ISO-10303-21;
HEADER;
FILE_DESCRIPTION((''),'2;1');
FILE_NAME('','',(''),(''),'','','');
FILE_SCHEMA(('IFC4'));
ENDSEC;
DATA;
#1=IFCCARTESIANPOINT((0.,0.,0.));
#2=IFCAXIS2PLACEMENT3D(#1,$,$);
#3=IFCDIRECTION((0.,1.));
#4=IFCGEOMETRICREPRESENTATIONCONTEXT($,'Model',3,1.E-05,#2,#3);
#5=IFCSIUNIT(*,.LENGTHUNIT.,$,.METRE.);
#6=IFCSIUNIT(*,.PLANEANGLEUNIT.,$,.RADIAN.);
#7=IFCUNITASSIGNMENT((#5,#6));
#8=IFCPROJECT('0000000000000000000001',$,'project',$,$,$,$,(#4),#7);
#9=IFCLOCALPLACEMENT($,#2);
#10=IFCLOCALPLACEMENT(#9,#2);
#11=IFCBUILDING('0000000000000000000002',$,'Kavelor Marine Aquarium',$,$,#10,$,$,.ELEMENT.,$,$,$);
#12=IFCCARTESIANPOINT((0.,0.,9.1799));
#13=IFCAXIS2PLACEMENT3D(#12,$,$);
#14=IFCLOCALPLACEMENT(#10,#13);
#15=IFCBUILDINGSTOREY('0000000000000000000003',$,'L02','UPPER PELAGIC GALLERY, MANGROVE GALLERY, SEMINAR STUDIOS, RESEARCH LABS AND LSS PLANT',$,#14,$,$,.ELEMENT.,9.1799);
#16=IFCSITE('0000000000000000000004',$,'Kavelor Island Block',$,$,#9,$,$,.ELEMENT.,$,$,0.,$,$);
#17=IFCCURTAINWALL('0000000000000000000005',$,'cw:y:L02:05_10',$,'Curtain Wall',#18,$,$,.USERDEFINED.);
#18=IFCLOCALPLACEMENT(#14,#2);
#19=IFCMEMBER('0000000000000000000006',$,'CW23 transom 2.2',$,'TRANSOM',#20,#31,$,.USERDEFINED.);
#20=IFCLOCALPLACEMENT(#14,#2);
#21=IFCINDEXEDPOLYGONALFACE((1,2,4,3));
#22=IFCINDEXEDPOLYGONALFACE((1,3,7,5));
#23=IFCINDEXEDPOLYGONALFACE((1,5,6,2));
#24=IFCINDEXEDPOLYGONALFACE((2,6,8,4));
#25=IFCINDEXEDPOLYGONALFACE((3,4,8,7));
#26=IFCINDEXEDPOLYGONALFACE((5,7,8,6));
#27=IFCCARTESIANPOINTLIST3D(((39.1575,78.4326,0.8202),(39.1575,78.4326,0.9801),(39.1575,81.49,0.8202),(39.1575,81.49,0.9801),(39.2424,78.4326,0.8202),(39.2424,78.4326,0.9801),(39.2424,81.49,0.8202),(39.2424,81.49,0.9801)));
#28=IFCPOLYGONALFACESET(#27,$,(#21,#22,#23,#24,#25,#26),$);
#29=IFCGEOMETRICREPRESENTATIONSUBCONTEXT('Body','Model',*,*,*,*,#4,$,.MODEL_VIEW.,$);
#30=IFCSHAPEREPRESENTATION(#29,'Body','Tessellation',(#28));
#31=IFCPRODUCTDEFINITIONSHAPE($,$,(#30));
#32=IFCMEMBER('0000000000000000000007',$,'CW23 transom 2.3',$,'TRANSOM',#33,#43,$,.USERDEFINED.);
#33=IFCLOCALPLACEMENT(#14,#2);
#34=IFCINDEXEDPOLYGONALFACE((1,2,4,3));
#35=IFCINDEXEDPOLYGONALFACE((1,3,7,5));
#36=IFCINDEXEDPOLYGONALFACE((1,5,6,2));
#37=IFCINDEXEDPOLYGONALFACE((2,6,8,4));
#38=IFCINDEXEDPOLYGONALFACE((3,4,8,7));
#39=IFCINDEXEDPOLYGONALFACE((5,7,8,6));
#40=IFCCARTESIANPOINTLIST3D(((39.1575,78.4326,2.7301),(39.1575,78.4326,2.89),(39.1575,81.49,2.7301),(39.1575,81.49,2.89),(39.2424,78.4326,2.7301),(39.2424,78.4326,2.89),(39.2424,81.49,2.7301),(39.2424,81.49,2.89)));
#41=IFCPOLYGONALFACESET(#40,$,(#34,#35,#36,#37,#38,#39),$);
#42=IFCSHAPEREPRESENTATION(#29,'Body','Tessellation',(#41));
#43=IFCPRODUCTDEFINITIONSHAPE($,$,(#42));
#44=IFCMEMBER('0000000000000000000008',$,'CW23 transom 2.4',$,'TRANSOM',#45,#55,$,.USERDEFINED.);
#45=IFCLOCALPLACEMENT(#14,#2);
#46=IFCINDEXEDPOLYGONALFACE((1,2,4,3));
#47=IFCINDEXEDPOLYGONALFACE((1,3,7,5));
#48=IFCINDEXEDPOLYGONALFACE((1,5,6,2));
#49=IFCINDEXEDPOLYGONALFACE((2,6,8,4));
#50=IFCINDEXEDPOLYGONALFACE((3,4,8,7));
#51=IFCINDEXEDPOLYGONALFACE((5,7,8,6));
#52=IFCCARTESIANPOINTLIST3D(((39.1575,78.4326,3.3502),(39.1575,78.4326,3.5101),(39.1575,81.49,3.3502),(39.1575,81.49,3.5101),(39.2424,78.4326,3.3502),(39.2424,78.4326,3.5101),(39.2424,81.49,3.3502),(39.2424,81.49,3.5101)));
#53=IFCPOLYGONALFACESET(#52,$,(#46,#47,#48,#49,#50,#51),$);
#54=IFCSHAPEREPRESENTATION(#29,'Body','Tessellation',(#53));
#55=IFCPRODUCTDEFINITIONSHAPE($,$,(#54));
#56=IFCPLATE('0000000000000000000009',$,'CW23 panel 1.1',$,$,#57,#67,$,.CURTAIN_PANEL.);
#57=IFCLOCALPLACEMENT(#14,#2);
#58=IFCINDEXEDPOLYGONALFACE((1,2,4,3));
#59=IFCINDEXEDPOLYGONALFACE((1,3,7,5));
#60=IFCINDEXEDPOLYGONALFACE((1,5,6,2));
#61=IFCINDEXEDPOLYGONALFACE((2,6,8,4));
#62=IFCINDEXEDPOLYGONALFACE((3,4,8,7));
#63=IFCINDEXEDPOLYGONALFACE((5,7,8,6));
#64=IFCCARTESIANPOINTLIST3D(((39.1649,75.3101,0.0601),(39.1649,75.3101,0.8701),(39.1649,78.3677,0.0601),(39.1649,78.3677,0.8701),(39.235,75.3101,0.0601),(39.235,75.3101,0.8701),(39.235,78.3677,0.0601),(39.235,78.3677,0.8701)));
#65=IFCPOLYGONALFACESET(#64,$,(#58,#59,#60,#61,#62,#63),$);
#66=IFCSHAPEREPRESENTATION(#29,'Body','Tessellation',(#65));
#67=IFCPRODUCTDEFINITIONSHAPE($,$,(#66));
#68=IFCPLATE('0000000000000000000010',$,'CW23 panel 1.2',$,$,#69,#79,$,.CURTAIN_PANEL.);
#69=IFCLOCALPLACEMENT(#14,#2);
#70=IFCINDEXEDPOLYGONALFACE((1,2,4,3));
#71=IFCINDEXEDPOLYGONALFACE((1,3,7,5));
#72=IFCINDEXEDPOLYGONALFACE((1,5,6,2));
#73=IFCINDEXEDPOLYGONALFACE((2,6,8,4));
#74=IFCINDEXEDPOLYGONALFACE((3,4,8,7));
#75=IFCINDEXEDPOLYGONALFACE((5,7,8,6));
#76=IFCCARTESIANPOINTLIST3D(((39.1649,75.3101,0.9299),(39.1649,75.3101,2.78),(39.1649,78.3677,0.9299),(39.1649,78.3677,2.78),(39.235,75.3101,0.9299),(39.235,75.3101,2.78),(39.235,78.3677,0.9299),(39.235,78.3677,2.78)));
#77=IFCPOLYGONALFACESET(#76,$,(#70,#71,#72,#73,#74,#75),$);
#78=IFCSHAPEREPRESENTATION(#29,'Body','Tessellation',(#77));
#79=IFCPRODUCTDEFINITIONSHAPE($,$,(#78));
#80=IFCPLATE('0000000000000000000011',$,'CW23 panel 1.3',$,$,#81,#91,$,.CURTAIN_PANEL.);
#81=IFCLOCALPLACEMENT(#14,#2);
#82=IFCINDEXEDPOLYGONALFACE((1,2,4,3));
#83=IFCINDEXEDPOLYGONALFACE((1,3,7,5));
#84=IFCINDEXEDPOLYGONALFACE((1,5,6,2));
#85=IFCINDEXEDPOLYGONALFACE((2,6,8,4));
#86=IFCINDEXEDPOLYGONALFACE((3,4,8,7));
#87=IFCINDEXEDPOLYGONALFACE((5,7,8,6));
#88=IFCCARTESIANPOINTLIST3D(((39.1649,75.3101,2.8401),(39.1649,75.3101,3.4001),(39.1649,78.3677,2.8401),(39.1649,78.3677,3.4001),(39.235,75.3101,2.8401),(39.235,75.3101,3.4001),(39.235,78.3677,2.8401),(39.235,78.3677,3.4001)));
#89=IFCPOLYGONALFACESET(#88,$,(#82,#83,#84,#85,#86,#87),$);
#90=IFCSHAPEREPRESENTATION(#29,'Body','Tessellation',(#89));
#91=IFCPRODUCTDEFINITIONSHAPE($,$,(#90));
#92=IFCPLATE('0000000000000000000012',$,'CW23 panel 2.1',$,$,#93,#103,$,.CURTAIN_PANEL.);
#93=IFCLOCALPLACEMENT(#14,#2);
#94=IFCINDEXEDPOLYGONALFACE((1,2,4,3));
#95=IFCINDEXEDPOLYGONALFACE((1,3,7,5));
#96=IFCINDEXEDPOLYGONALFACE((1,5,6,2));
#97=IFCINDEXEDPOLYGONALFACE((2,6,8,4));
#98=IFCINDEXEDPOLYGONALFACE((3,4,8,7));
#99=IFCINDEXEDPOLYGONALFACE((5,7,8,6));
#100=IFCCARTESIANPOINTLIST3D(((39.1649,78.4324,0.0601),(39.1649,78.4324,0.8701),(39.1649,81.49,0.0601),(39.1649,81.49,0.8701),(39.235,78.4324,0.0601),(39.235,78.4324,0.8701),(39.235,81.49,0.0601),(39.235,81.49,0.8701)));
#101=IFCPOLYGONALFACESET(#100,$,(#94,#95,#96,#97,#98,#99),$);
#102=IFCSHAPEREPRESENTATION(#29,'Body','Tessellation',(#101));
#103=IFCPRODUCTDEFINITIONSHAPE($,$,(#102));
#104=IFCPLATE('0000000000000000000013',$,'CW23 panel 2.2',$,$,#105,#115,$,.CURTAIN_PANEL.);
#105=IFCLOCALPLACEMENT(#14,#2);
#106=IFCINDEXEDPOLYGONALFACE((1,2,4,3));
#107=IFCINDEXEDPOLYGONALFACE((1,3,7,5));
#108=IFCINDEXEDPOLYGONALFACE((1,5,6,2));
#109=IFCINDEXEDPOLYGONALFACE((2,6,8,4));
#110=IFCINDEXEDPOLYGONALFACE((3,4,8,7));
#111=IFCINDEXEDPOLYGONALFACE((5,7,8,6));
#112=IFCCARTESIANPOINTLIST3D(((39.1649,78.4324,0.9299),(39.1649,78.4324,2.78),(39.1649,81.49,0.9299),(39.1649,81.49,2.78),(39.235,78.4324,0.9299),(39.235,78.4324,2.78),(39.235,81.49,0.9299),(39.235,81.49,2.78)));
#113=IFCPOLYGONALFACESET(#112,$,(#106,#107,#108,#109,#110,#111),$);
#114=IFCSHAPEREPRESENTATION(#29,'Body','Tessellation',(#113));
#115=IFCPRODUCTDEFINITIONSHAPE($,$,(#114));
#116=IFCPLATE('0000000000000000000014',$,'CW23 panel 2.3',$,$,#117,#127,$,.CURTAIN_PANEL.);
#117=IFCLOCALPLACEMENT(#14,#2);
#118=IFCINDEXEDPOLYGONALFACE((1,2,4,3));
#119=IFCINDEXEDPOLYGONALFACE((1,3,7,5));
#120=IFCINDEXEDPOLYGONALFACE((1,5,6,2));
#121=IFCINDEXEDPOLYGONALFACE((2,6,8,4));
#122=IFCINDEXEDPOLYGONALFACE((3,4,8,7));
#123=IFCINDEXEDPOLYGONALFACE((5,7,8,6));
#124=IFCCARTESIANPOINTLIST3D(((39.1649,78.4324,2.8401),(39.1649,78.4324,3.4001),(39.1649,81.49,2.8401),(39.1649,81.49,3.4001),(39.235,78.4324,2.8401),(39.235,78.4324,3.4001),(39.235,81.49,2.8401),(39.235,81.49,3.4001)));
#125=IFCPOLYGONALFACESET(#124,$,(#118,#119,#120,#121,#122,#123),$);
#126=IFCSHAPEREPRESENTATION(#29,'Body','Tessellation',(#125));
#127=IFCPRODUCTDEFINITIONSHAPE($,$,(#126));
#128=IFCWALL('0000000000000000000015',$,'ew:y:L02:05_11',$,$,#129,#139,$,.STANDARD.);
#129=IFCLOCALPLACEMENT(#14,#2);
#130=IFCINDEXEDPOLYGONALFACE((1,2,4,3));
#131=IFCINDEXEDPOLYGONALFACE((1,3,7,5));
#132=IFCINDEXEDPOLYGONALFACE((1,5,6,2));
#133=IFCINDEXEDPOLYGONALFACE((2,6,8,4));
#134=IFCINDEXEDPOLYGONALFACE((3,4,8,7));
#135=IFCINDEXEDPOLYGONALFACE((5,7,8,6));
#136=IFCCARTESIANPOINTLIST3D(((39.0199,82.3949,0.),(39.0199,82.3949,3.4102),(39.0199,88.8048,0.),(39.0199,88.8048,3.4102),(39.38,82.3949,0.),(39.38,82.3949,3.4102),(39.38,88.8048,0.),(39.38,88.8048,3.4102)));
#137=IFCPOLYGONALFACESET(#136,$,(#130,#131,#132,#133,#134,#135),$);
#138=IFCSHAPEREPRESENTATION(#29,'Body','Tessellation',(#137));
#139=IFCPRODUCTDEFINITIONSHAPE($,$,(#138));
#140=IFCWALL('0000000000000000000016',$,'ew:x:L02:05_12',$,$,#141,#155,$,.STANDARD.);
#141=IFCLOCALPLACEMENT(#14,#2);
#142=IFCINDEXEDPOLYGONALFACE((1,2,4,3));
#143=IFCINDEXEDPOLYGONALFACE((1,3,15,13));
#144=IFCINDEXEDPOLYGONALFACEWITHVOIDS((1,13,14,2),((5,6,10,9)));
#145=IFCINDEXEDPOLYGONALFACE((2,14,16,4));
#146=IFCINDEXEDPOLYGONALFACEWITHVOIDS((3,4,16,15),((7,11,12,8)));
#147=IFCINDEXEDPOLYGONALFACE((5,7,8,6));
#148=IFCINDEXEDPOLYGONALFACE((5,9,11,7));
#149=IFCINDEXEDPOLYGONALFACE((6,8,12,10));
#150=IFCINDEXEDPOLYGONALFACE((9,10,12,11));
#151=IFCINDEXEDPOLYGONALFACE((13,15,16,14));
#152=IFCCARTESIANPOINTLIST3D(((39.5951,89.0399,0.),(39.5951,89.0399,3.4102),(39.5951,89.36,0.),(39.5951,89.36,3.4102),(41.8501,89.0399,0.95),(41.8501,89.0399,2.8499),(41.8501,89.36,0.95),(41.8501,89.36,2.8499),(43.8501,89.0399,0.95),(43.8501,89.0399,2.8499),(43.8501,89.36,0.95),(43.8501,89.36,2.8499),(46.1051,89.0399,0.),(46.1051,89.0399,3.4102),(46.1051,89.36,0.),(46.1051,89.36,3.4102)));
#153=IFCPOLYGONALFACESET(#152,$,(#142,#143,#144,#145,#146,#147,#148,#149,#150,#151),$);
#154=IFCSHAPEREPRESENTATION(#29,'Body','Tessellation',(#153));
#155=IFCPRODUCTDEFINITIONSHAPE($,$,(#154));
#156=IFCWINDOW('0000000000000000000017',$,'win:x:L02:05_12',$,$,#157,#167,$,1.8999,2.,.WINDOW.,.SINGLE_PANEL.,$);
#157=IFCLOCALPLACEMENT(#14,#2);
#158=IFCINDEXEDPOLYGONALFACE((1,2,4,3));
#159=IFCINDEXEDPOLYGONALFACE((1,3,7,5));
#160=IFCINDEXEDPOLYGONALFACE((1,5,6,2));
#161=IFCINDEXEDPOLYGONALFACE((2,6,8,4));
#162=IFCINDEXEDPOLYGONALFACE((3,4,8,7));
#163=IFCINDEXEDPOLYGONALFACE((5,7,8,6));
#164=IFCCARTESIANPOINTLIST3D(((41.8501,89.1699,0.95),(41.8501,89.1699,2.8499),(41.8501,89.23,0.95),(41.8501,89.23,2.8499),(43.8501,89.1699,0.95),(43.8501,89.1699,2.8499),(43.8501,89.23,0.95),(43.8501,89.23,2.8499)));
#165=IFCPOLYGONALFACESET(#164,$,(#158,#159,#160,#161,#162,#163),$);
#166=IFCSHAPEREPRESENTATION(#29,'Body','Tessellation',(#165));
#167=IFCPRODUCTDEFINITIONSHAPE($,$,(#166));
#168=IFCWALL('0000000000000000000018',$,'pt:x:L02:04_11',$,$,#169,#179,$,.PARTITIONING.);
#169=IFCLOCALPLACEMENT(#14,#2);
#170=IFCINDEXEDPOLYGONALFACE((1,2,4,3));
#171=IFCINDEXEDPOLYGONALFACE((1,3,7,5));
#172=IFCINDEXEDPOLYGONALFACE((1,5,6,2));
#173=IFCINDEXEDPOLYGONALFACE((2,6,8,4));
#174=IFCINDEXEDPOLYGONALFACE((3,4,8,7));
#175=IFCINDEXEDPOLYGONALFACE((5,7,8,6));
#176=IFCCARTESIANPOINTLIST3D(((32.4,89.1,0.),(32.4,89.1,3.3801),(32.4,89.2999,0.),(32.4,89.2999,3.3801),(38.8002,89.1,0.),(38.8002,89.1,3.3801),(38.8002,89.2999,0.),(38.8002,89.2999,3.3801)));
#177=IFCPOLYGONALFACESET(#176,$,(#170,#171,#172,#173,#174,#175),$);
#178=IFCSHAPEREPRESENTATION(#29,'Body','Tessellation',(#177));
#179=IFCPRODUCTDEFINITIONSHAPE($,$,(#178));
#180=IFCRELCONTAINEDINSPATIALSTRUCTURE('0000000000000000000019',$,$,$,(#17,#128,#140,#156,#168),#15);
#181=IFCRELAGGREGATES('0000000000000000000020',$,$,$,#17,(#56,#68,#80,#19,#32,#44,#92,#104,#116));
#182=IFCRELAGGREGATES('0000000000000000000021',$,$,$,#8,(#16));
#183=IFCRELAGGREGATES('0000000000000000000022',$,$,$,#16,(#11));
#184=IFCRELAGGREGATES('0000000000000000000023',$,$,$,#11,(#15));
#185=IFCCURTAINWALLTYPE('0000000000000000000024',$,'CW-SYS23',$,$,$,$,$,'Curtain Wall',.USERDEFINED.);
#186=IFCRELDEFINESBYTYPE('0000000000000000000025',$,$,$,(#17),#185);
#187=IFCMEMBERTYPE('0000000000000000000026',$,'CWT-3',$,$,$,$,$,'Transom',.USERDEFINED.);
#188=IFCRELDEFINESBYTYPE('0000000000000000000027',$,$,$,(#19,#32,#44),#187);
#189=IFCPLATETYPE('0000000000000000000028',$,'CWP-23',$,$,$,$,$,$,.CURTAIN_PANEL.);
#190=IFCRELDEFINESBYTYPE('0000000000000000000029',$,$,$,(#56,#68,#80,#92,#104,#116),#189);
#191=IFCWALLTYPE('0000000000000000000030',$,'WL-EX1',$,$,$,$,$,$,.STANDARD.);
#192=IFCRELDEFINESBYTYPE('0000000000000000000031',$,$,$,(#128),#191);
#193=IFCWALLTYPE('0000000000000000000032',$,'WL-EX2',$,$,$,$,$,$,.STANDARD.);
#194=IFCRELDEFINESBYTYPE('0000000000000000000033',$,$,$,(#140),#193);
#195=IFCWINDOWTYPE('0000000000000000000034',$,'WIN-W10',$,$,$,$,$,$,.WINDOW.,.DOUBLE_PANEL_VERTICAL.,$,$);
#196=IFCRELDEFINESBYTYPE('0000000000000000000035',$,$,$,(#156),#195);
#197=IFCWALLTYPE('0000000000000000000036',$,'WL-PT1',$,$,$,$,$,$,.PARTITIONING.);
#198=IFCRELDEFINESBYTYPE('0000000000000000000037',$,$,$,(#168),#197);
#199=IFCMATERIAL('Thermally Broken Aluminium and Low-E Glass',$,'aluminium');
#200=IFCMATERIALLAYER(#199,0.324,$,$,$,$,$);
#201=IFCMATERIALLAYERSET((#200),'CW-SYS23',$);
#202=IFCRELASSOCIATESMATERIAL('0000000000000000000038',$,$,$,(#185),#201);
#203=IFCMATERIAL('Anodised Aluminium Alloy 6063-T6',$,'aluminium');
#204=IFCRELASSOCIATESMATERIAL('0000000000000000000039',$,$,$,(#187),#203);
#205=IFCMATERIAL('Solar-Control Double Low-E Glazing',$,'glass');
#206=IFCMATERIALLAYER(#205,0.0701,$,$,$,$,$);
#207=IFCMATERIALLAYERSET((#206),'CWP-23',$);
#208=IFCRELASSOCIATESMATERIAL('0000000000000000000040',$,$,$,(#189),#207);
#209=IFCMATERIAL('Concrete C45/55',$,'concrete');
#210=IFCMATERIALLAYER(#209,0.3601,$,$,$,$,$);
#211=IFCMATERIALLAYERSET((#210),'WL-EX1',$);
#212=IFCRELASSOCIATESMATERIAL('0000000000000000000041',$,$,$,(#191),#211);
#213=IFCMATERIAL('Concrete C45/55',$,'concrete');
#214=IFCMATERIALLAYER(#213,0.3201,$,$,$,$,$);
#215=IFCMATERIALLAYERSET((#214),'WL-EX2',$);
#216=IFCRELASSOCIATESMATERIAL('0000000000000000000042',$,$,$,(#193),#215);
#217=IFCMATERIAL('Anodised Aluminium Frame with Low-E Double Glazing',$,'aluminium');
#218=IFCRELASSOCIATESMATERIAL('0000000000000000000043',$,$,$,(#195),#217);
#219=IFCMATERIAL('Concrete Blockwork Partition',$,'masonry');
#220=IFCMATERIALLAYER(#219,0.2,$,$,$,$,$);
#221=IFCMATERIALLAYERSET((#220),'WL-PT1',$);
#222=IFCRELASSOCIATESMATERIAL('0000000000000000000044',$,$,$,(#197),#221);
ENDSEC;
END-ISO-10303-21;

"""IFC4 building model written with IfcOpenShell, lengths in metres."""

from ifc_helpers import new_model, si_unit, direction, frame, frame_2d, origin, origin_2d, place, context, subcontext, project, spatial, rectangle, extrude, material, layer, layer_set, material_profile, profile_set, type_object, element, fill, aggregate, save


model = new_model("IFC4")

# Units and contexts
model_context = context("Model", 3, precision=1e-05, world=origin(), true_north=direction((0.0, 1.0)))
body_context = subcontext(model_context, "Body", "Model", "MODEL_VIEW")
ifc_project = project(units=[si_unit("LENGTHUNIT", "METRE"), si_unit("PLANEANGLEUNIT", "RADIAN")], contexts=[model_context])

# Site, building, storey
site_placement = place(None, origin())
site = spatial("IfcSite", under=ifc_project, at=site_placement, Name="Kavelor Island Block", CompositionType="ELEMENT", RefElevation=0.0)
building_placement = place(site_placement, origin())
building = spatial("IfcBuilding", under=site, at=building_placement, Name="Kavelor Marine Aquarium", CompositionType="ELEMENT")
storey_placement = place(building_placement, frame((0.0, 0.0, 9.1799)))
storey = spatial("IfcBuildingStorey", under=building, at=storey_placement, Name="L02", Description="UPPER PELAGIC GALLERY, MANGROVE GALLERY, SEMINAR STUDIOS, RESEARCH LABS AND LSS PLANT", CompositionType="ELEMENT", Elevation=9.1799)

# Curtain wall, members, plates
ifc_material_1 = material(Name="Thermally Broken Aluminium and Low-E Glass", Category="aluminium")
ifc_layer_1 = layer(ifc_material_1, 0.324)
ifc_layer_set_1 = layer_set([ifc_layer_1], Name="CW-SYS23")
curtain_wall_type = type_object("IfcCurtainWallType", Name="CW-SYS23", ElementType="Curtain Wall", PredefinedType="USERDEFINED", material=ifc_layer_set_1)
curtain_wall_placement = place(storey_placement, origin())
curtain_wall = element("IfcCurtainWall", 1, at=curtain_wall_placement, inside=storey, type_object=curtain_wall_type, Name="cw:y:L02:05_10", ObjectType="Curtain Wall", PredefinedType="USERDEFINED")
ifc_material_2 = material(Name="Anodised Aluminium Alloy 6063-T6", Category="aluminium")
ifc_material_profile_1 = material_profile(ifc_material_2, rectangle(XDim=0.085, YDim=0.1599, at=origin_2d()), Name="CW-TRN 85x160")
ifc_profile_set_1 = profile_set([ifc_material_profile_1], Name="Anodised Aluminium Alloy 6063-T6")
member_type_1 = type_object("IfcMemberType", Name="CWT-3", ElementType="Transom", PredefinedType="USERDEFINED", material=ifc_profile_set_1)
member_1_placement = place(storey_placement, frame((39.2, 78.4326, 0.9001), z_axis=(0.0, 1.0, 0.0), x_axis=(-1.0, 0.0, 0.0)))
member_1 = element("IfcMember", 2, at=member_1_placement, type_object=member_type_1, Name="CW23 transom 2.2", ObjectType="TRANSOM", PredefinedType="USERDEFINED", context=body_context, shape_type="SweptSolid", body=[
    extrude(rectangle(XDim=0.085, YDim=0.1599, at=origin_2d()), origin(), (0.0, 0.0, 1.0), 3.0574),
])
member_2_placement = place(storey_placement, frame((39.2, 78.4326, 2.8101), z_axis=(0.0, 1.0, 0.0), x_axis=(-1.0, 0.0, 0.0)))
member_2 = element("IfcMember", 3, at=member_2_placement, type_object=member_type_1, Name="CW23 transom 2.3", ObjectType="TRANSOM", PredefinedType="USERDEFINED", context=body_context, shape_type="SweptSolid", body=[
    extrude(rectangle(XDim=0.085, YDim=0.1599, at=origin_2d()), origin(), (0.0, 0.0, 1.0), 3.0574),
])
member_3_placement = place(storey_placement, frame((39.2, 78.4326, 3.4302), z_axis=(0.0, 1.0, 0.0), x_axis=(-1.0, 0.0, 0.0)))
member_3 = element("IfcMember", 4, at=member_3_placement, type_object=member_type_1, Name="CW23 transom 2.4", ObjectType="TRANSOM", PredefinedType="USERDEFINED", context=body_context, shape_type="SweptSolid", body=[
    extrude(rectangle(XDim=0.085, YDim=0.1599, at=origin_2d()), origin(), (0.0, 0.0, 1.0), 3.0574),
])
ifc_material_3 = material(Name="Solar-Control Double Low-E Glazing", Category="glass")
ifc_layer_2 = layer(ifc_material_3, 0.0701)
ifc_layer_set_2 = layer_set([ifc_layer_2], Name="CWP-23")
plate_type = type_object("IfcPlateType", Name="CWP-23", PredefinedType="CURTAIN_PANEL", material=ifc_layer_set_2)
plate_1_placement = place(storey_placement, frame((39.2, 76.8389, 0.0601), z_axis=(0.0, 0.0, 1.0), x_axis=(0.0, 1.0, 0.0)))
plate_1 = element("IfcPlate", 5, at=plate_1_placement, type_object=plate_type, Name="CW23 panel 1.1", PredefinedType="CURTAIN_PANEL", context=body_context, shape_type="SweptSolid", body=[
    extrude(rectangle(XDim=3.0576, YDim=0.0701, at=origin_2d()), origin(), (0.0, 0.0, 1.0), 0.8101),
])
plate_2_placement = place(storey_placement, frame((39.2, 76.8389, 0.9299), z_axis=(0.0, 0.0, 1.0), x_axis=(0.0, 1.0, 0.0)))
plate_2 = element("IfcPlate", 6, at=plate_2_placement, type_object=plate_type, Name="CW23 panel 1.2", PredefinedType="CURTAIN_PANEL", context=body_context, shape_type="SweptSolid", body=[
    extrude(rectangle(XDim=3.0576, YDim=0.0701, at=origin_2d()), origin(), (0.0, 0.0, 1.0), 1.8501),
])
plate_3_placement = place(storey_placement, frame((39.2, 76.8389, 2.8401), z_axis=(0.0, 0.0, 1.0), x_axis=(0.0, 1.0, 0.0)))
plate_3 = element("IfcPlate", 7, at=plate_3_placement, type_object=plate_type, Name="CW23 panel 1.3", PredefinedType="CURTAIN_PANEL", context=body_context, shape_type="SweptSolid", body=[
    extrude(rectangle(XDim=3.0576, YDim=0.0701, at=origin_2d()), origin(), (0.0, 0.0, 1.0), 0.5601),
])
plate_4_placement = place(storey_placement, frame((39.2, 79.9612, 0.0601), z_axis=(0.0, 0.0, 1.0), x_axis=(0.0, 1.0, 0.0)))
plate_4 = element("IfcPlate", 8, at=plate_4_placement, type_object=plate_type, Name="CW23 panel 2.1", PredefinedType="CURTAIN_PANEL", context=body_context, shape_type="SweptSolid", body=[
    extrude(rectangle(XDim=3.0576, YDim=0.0701, at=origin_2d()), origin(), (0.0, 0.0, 1.0), 0.8101),
])
plate_5_placement = place(storey_placement, frame((39.2, 79.9612, 0.9299), z_axis=(0.0, 0.0, 1.0), x_axis=(0.0, 1.0, 0.0)))
plate_5 = element("IfcPlate", 9, at=plate_5_placement, type_object=plate_type, Name="CW23 panel 2.2", PredefinedType="CURTAIN_PANEL", context=body_context, shape_type="SweptSolid", body=[
    extrude(rectangle(XDim=3.0576, YDim=0.0701, at=origin_2d()), origin(), (0.0, 0.0, 1.0), 1.8501),
])
plate_6_placement = place(storey_placement, frame((39.2, 79.9612, 2.8401), z_axis=(0.0, 0.0, 1.0), x_axis=(0.0, 1.0, 0.0)))
plate_6 = element("IfcPlate", 10, at=plate_6_placement, type_object=plate_type, Name="CW23 panel 2.3", PredefinedType="CURTAIN_PANEL", context=body_context, shape_type="SweptSolid", body=[
    extrude(rectangle(XDim=3.0576, YDim=0.0701, at=origin_2d()), origin(), (0.0, 0.0, 1.0), 0.5601),
])
aggregate(curtain_wall, [plate_1, plate_2, plate_3, member_1, member_2, member_3, plate_4, plate_5, plate_6])

# Wall
ifc_material_4 = material(Name="Concrete C45/55", Category="concrete")
ifc_layer_3 = layer(ifc_material_4, 0.3601)
ifc_layer_set_3 = layer_set([ifc_layer_3], Name="WL-EX1")
wall_type_1 = type_object("IfcWallType", Name="WL-EX1", PredefinedType="STANDARD", material=ifc_layer_set_3)
wall_1_placement = place(storey_placement, frame((39.2, 88.8049, 0.0), z_axis=(0.0, 0.0, 1.0), x_axis=(0.0, -1.0, 0.0)))
element("IfcWall", 11, at=wall_1_placement, inside=storey, type_object=wall_type_1, Name="ew:y:L02:05_11", PredefinedType="STANDARD", context=body_context, shape_type="SweptSolid", body=[
    extrude(rectangle(XDim=6.4099, YDim=0.3601, at=frame_2d((3.2051, 0.0))), origin(), (0.0, 0.0, 1.0), 3.4102),
])

# Wall, opening, window
ifc_material_5 = material(Name="Concrete C45/55", Category="concrete")
ifc_layer_4 = layer(ifc_material_5, 0.3201)
ifc_layer_set_4 = layer_set([ifc_layer_4], Name="WL-EX2")
wall_type_2 = type_object("IfcWallType", Name="WL-EX2", PredefinedType="STANDARD", material=ifc_layer_set_4)
wall_2_placement = place(storey_placement, frame((46.105, 89.2, 0.0), z_axis=(0.0, 0.0, 1.0), x_axis=(-1.0, 0.0, 0.0)))
wall_2 = element("IfcWall", 12, at=wall_2_placement, inside=storey, type_object=wall_type_2, Name="ew:x:L02:05_12", PredefinedType="STANDARD", context=body_context, shape_type="SweptSolid", body=[
    extrude(rectangle(XDim=6.51, YDim=0.3201, at=frame_2d((3.2549, 0.0))), origin(), (0.0, 0.0, 1.0), 3.4102),
])
opening_placement = place(wall_2_placement, frame((2.2549, 0.0, 0.95)))
opening = element("IfcOpeningElement", 13, at=opening_placement, cuts=wall_2, PredefinedType="OPENING", context=body_context, shape_type="SweptSolid", body=[
    extrude(rectangle(XDim=2.0, YDim=1.8999, at=frame_2d((1.0, 0.95))), frame((0.0, 0.1699, 0.0), z_axis=(0.0, -1.0, 0.0), x_axis=(1.0, 0.0, 0.0)), (0.0, 0.0, 1.0), 0.3401),
])
ifc_material_6 = material(Name="Anodised Aluminium Frame with Low-E Double Glazing", Category="aluminium")
window_type = type_object("IfcWindowType", Name="WIN-W10", PartitioningType="DOUBLE_PANEL_VERTICAL", PredefinedType="WINDOW", material=ifc_material_6)
window_placement = place(opening_placement, origin())
window = element("IfcWindow", 14, at=window_placement, inside=storey, type_object=window_type, Name="win:x:L02:05_12", OverallHeight=1.8999, OverallWidth=2.0, PartitioningType="SINGLE_PANEL", PredefinedType="WINDOW", context=body_context, shape_type="SweptSolid", body=[
    extrude(rectangle(XDim=2.0, YDim=1.8999, at=frame_2d((1.0, 0.95))), frame((0.0, 0.03, 0.0), z_axis=(0.0, -1.0, 0.0), x_axis=(1.0, 0.0, 0.0)), (0.0, 0.0, 1.0), 0.0601),
])
fill(opening, window)

# Wall
ifc_material_7 = material(Name="Concrete Blockwork Partition", Category="masonry")
ifc_layer_5 = layer(ifc_material_7, 0.2)
ifc_layer_set_5 = layer_set([ifc_layer_5], Name="WL-PT1")
wall_type_3 = type_object("IfcWallType", Name="WL-PT1", PredefinedType="PARTITIONING", material=ifc_layer_set_5)
wall_3_placement = place(storey_placement, frame((32.3999, 89.2, 0.0), z_axis=(0.0, 0.0, 1.0), x_axis=(1.0, 0.0, 0.0)))
element("IfcWall", 15, at=wall_3_placement, inside=storey, type_object=wall_type_3, Name="pt:x:L02:04_11", PredefinedType="PARTITIONING", context=body_context, shape_type="SweptSolid", body=[
    extrude(rectangle(XDim=6.4001, YDim=0.2, at=frame_2d((3.2002, 0.0))), origin(), (0.0, 0.0, 1.0), 3.3801),
])

save(model, "model.ifc")
